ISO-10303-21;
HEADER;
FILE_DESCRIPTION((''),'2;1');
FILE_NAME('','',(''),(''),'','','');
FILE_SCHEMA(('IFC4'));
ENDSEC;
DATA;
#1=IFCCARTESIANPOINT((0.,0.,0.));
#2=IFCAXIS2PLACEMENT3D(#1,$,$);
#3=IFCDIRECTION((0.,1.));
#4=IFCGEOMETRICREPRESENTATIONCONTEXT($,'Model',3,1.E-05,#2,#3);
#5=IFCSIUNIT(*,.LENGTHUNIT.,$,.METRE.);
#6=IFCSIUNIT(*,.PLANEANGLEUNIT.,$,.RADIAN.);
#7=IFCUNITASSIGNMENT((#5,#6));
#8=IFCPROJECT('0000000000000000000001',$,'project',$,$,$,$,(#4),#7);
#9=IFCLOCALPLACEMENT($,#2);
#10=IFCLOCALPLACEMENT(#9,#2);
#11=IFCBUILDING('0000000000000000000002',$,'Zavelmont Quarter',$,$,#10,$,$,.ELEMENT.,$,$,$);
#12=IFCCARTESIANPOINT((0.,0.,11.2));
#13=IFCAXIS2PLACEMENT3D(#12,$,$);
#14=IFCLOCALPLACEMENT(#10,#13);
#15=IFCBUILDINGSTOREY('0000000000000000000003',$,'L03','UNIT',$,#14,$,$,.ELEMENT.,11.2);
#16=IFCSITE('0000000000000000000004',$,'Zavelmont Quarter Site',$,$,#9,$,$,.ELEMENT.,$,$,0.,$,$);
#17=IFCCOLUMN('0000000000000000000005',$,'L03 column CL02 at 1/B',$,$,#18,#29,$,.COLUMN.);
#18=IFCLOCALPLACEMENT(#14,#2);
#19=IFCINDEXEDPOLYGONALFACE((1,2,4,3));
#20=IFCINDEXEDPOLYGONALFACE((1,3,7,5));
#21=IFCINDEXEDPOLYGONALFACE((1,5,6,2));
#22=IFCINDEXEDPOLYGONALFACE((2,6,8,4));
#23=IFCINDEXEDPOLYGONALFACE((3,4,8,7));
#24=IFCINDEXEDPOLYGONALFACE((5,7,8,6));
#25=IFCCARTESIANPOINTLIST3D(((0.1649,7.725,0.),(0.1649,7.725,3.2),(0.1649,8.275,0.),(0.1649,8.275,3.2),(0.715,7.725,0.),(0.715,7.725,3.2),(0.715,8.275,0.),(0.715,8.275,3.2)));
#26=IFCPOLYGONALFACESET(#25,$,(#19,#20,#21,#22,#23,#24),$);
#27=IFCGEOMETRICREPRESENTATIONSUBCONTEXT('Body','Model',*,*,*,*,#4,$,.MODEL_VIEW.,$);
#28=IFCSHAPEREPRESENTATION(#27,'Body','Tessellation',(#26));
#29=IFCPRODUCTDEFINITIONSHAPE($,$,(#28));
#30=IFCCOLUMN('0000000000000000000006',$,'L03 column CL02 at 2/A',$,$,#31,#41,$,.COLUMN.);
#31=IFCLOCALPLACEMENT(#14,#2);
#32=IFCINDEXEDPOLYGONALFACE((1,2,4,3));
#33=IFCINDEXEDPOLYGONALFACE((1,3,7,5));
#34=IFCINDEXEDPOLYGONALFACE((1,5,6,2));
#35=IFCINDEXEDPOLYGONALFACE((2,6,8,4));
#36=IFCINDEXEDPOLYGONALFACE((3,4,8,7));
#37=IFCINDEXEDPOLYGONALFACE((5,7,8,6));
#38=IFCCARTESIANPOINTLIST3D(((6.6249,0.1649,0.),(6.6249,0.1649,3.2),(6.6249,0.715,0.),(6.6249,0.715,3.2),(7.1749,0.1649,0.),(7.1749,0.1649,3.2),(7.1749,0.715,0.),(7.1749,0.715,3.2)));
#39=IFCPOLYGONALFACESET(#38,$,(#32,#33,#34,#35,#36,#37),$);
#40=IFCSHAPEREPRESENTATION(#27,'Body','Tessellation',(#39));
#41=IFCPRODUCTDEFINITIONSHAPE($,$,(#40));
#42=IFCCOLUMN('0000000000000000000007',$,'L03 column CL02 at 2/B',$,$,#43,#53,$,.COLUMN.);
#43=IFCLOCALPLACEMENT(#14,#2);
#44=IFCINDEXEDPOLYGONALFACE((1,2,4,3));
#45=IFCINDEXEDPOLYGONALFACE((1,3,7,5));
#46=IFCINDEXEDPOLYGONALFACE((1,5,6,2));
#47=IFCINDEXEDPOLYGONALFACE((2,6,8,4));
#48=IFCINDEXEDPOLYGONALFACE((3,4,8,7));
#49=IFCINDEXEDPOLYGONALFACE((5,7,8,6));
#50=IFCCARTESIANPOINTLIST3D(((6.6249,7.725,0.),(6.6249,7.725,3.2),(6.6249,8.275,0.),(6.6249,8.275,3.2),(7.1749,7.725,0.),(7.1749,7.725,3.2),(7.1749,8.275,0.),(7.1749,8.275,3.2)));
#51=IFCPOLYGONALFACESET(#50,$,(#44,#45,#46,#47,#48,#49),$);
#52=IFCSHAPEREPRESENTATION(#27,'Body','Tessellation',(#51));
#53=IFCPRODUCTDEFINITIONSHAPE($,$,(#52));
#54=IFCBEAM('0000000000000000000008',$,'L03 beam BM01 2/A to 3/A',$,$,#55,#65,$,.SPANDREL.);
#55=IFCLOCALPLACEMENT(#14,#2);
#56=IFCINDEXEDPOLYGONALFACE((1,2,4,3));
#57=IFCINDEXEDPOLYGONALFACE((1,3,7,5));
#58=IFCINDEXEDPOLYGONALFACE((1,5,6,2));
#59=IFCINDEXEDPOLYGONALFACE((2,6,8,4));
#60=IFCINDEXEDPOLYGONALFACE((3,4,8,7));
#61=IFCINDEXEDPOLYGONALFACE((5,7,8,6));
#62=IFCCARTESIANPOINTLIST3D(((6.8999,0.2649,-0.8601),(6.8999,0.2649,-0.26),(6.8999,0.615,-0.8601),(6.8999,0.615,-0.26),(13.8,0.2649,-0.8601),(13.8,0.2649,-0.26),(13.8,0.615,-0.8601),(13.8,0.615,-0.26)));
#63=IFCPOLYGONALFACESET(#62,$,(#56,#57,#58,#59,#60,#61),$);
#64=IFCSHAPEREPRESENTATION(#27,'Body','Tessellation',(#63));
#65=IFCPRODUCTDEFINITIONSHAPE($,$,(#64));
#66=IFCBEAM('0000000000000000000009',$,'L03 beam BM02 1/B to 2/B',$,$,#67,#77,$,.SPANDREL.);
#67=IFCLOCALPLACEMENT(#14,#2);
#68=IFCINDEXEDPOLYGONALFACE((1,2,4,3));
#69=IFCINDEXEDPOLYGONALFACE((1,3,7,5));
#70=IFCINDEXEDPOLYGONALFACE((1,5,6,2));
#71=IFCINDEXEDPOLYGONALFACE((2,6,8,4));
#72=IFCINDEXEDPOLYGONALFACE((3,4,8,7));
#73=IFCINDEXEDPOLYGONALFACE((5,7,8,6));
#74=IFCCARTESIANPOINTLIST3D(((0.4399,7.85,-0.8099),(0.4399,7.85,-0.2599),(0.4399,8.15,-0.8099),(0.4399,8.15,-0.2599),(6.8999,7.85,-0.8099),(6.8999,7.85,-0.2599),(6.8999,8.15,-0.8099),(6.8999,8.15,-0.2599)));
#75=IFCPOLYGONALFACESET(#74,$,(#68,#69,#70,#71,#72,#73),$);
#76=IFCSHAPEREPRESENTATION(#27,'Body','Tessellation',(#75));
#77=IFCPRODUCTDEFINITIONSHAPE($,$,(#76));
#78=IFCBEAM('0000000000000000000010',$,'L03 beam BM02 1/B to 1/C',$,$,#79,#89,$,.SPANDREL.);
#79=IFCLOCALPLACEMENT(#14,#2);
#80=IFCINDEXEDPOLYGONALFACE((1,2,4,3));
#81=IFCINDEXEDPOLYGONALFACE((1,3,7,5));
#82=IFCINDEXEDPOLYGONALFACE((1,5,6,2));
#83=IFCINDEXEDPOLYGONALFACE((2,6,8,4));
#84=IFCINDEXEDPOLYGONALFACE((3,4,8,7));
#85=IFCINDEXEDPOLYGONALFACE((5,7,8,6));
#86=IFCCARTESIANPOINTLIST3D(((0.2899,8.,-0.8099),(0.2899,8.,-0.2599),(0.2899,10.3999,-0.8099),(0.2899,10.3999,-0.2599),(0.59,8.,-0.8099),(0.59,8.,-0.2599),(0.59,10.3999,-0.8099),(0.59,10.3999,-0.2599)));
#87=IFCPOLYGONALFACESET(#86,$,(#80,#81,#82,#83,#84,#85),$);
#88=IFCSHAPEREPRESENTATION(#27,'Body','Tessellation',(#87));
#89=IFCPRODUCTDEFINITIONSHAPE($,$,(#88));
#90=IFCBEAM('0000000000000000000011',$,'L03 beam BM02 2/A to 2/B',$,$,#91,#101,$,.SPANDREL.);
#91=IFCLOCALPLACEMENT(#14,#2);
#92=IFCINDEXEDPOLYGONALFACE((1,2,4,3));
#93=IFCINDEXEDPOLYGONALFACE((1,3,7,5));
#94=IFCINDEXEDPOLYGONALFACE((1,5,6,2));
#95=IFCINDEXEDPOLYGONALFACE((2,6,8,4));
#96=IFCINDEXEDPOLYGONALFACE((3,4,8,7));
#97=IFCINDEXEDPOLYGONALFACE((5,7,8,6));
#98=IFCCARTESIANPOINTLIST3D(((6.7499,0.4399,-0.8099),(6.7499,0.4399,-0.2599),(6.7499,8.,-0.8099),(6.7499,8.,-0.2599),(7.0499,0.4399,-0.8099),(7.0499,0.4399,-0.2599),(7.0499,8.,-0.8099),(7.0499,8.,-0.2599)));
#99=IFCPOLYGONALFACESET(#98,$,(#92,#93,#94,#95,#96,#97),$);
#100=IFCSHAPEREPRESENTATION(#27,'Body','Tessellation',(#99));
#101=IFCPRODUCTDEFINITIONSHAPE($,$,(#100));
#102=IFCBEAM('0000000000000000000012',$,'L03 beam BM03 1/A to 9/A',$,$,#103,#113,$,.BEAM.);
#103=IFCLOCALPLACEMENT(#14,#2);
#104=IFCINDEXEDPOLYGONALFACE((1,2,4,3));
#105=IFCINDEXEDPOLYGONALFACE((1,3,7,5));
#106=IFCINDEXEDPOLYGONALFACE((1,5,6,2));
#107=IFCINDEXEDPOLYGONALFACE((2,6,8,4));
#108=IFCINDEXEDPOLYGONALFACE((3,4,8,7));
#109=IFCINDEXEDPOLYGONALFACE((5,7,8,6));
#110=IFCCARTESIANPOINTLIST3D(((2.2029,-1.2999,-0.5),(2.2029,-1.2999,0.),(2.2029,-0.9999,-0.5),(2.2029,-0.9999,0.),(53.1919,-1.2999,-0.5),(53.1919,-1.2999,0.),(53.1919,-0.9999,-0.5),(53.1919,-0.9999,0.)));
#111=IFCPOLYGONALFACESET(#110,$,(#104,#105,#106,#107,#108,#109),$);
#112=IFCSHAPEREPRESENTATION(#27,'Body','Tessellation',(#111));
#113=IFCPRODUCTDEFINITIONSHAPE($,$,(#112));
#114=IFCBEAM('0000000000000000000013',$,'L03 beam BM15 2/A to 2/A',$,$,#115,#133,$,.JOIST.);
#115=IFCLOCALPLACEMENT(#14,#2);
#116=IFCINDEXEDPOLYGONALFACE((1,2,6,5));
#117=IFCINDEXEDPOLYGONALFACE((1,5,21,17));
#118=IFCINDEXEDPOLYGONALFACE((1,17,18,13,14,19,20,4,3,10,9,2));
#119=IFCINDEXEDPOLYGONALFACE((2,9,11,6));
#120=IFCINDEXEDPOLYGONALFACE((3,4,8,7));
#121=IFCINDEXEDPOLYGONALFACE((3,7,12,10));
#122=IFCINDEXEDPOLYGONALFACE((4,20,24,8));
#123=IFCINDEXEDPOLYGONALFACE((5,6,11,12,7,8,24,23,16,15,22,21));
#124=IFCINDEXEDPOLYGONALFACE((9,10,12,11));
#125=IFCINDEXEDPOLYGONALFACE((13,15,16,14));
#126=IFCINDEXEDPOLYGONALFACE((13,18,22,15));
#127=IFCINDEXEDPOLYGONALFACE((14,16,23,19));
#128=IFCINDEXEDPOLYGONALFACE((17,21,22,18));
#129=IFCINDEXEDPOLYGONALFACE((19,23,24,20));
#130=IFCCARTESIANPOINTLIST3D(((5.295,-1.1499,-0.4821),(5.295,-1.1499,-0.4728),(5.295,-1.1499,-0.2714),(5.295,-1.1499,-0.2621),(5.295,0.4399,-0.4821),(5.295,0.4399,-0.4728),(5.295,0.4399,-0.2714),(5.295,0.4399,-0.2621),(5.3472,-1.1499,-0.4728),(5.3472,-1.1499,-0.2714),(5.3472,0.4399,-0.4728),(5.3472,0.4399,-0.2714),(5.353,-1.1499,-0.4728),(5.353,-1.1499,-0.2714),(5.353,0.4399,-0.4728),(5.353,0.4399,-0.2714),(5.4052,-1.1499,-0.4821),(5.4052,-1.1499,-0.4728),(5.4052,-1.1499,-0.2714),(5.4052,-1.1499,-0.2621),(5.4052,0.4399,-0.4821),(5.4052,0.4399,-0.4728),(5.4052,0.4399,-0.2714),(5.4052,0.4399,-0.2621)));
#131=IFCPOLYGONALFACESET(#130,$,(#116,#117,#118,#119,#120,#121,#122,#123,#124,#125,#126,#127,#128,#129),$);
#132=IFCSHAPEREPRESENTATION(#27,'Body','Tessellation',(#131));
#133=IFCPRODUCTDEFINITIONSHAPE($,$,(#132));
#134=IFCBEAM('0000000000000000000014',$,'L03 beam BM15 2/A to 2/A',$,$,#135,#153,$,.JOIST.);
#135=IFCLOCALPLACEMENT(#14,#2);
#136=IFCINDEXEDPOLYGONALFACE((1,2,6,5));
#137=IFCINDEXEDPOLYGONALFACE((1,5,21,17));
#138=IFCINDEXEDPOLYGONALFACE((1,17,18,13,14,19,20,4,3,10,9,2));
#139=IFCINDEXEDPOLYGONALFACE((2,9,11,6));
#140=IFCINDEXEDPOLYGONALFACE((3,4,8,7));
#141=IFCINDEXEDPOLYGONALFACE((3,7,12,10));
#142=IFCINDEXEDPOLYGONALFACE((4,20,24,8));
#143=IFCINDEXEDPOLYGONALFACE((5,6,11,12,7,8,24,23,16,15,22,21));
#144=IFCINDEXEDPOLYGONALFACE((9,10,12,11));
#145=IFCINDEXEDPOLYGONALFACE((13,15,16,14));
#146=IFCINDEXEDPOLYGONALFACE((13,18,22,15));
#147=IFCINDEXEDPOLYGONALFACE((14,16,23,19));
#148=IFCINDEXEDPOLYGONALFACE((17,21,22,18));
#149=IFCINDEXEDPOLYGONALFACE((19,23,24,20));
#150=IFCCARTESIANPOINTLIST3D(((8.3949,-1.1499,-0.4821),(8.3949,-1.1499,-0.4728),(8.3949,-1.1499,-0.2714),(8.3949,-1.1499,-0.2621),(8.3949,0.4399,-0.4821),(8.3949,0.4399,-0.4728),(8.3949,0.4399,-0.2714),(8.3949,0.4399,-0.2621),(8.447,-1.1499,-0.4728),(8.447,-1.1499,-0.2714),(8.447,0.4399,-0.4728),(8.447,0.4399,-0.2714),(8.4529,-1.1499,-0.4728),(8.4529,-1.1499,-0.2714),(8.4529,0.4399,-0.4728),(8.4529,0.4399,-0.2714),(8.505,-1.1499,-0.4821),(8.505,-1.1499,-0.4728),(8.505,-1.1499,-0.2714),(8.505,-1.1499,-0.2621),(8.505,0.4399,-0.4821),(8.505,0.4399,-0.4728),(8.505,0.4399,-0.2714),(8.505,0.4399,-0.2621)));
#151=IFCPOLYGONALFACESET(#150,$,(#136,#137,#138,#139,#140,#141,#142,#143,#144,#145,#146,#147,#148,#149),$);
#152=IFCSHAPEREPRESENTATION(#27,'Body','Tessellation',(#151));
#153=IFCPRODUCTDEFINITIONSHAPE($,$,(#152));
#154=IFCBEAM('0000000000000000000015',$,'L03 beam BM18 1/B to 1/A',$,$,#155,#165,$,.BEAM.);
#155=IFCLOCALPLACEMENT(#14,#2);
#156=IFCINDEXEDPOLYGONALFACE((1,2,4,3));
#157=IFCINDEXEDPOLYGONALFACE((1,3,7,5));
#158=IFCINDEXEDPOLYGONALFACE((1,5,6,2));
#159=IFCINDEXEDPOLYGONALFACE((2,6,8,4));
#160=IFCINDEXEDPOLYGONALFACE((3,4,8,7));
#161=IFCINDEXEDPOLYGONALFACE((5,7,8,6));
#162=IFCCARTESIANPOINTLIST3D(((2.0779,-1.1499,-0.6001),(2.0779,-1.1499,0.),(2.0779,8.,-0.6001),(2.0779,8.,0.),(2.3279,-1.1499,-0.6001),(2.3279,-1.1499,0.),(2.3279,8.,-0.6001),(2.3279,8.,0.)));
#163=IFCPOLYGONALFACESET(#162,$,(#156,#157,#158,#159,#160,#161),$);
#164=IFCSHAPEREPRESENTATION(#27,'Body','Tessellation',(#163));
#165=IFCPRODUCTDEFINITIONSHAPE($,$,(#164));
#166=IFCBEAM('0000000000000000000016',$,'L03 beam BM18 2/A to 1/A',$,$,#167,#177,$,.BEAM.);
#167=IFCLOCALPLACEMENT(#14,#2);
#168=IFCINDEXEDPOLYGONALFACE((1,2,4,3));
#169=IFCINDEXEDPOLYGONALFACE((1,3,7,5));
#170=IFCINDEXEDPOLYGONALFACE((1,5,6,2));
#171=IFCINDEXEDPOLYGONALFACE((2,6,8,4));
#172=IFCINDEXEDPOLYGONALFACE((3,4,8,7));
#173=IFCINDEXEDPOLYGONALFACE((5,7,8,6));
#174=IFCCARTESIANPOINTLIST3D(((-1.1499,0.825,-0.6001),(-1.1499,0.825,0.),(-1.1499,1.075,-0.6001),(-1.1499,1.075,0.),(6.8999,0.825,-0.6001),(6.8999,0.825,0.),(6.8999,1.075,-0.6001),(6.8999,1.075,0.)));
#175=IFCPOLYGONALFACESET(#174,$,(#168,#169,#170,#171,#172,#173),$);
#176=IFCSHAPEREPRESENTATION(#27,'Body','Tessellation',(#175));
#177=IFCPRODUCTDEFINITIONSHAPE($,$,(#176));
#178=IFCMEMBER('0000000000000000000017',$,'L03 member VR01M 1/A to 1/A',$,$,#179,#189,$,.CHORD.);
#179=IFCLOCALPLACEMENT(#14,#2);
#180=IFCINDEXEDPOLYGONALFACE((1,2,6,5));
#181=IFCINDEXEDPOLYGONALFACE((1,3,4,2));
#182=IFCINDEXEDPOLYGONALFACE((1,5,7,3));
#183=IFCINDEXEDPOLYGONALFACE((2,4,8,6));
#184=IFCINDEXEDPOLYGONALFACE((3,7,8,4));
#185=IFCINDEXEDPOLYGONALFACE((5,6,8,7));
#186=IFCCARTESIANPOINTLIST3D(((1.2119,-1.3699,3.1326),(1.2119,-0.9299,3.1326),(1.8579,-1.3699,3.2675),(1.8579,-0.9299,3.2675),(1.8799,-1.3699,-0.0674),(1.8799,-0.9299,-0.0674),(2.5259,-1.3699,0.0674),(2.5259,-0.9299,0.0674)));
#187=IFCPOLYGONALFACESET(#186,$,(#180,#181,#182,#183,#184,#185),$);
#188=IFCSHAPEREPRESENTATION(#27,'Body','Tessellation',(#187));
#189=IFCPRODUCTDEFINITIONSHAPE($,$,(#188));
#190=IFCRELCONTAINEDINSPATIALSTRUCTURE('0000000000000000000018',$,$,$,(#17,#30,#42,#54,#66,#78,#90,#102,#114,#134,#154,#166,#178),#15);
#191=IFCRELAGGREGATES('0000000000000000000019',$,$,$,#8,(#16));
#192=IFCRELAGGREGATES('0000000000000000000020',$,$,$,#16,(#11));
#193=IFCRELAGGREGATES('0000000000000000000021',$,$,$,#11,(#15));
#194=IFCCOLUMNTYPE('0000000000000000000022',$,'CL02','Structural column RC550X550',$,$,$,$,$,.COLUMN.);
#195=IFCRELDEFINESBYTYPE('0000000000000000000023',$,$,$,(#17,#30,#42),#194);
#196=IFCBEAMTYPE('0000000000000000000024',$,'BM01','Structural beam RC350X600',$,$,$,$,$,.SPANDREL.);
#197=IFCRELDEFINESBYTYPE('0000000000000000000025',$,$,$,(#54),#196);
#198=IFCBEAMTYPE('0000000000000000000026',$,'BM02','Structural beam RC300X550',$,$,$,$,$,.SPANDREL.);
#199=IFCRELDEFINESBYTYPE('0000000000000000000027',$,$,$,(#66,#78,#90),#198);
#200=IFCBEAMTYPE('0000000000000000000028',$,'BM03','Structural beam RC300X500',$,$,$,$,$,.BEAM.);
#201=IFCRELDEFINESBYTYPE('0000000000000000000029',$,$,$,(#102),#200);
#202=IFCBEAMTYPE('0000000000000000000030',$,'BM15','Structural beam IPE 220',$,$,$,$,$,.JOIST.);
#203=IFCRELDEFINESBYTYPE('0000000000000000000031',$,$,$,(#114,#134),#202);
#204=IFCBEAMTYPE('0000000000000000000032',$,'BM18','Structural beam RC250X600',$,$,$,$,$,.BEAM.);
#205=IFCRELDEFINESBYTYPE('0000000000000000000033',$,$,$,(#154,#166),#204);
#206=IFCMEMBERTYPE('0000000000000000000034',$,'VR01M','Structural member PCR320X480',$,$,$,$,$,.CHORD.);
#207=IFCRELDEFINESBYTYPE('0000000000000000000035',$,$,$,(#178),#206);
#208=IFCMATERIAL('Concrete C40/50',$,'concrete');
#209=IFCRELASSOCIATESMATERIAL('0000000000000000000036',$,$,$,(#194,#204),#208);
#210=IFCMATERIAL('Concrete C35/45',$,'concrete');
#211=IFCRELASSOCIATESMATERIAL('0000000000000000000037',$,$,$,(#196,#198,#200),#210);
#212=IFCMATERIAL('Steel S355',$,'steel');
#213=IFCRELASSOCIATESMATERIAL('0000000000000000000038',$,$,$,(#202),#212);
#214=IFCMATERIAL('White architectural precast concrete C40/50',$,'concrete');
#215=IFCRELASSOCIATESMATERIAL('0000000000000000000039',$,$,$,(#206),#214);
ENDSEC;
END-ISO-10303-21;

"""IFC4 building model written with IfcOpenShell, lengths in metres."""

from ifc_helpers import new_model, si_unit, direction, frame, origin, origin_2d, place, context, subcontext, project, spatial, rectangle, i_section, extrude, material, material_profile, profile_set, type_object, element, save


model = new_model("IFC4")

# Units and contexts
model_context = context("Model", 3, precision=1e-05, world=origin(), true_north=direction((0.0, 1.0)))
body_context = subcontext(model_context, "Body", "Model", "MODEL_VIEW")
ifc_project = project(units=[si_unit("LENGTHUNIT", "METRE"), si_unit("PLANEANGLEUNIT", "RADIAN")], contexts=[model_context])

# Site, building, storey
site_placement = place(None, origin())
site = spatial("IfcSite", under=ifc_project, at=site_placement, Name="Zavelmont Quarter Site", CompositionType="ELEMENT", RefElevation=0.0)
building_placement = place(site_placement, origin())
building = spatial("IfcBuilding", under=site, at=building_placement, Name="Zavelmont Quarter", CompositionType="ELEMENT")
storey_placement = place(building_placement, frame((0.0, 0.0, 11.2)))
storey = spatial("IfcBuildingStorey", under=building, at=storey_placement, Name="L03", Description="UNIT", CompositionType="ELEMENT", Elevation=11.2)

# Columns
ifc_material_1 = material(Name="Concrete C40/50", Category="concrete")
ifc_material_profile_1 = material_profile(ifc_material_1, rectangle(XDim=0.55, YDim=0.55, at=origin_2d()), Name="RC550X550")
ifc_profile_set_1 = profile_set([ifc_material_profile_1], Name="Concrete C40/50")
column_type = type_object("IfcColumnType", Name="CL02", Description="Structural column RC550X550", PredefinedType="COLUMN", material=ifc_profile_set_1)
for number, where, z_axis, x_axis, name in (
    (1, (0.4399, 8.0, 0.0), (0.0, 0.0, 1.0), (1.0, 0.0, 0.0), "L03 column CL02 at 1/B"),
    (2, (6.8999, 0.4399, 0.0), (0.0, 0.0, 1.0), (1.0, 0.0, 0.0), "L03 column CL02 at 2/A"),
    (3, (6.8999, 8.0, 0.0), (0.0, 0.0, 1.0), (1.0, 0.0, 0.0), "L03 column CL02 at 2/B"),
):
    element("IfcColumn", number, at=place(storey_placement, frame(where, z_axis=z_axis, x_axis=x_axis)), inside=storey, type_object=column_type, Name=name, PredefinedType="COLUMN", context=body_context, shape_type="SweptSolid", body=[
        extrude(rectangle(XDim=0.55, YDim=0.55, at=origin_2d()), origin(), (0.0, 0.0, 1.0), 3.2),
    ])

# Beams
ifc_material_2 = material(Name="Concrete C35/45", Category="concrete")
ifc_material_profile_2 = material_profile(ifc_material_2, rectangle(XDim=0.3501, YDim=0.6001, at=origin_2d()), Name="RC350X600")
ifc_profile_set_2 = profile_set([ifc_material_profile_2], Name="Concrete C35/45")
beam_type_1 = type_object("IfcBeamType", Name="BM01", Description="Structural beam RC350X600", PredefinedType="SPANDREL", material=ifc_profile_set_2)
beam_1_placement = place(storey_placement, frame((6.8999, 0.4399, -0.5601), z_axis=(1.0, 0.0, 0.0), x_axis=(0.0, 1.0, 0.0)))
element("IfcBeam", 4, at=beam_1_placement, inside=storey, type_object=beam_type_1, Name="L03 beam BM01 2/A to 3/A", PredefinedType="SPANDREL", context=body_context, shape_type="SweptSolid", body=[
    extrude(rectangle(XDim=0.3501, YDim=0.6001, at=origin_2d()), origin(), (0.0, 0.0, 1.0), 6.9001),
])
ifc_material_profile_3 = material_profile(ifc_material_2, rectangle(XDim=0.3, YDim=0.55, at=origin_2d()), Name="RC300X550")
ifc_profile_set_3 = profile_set([ifc_material_profile_3], Name="Concrete C35/45")
beam_type_2 = type_object("IfcBeamType", Name="BM02", Description="Structural beam RC300X550", PredefinedType="SPANDREL", material=ifc_profile_set_3)
beam_2_placement = place(storey_placement, frame((0.4399, 8.0, -0.5349), z_axis=(1.0, 0.0, 0.0), x_axis=(0.0, 1.0, 0.0)))
element("IfcBeam", 5, at=beam_2_placement, inside=storey, type_object=beam_type_2, Name="L03 beam BM02 1/B to 2/B", PredefinedType="SPANDREL", context=body_context, shape_type="SweptSolid", body=[
    extrude(rectangle(XDim=0.3, YDim=0.55, at=origin_2d()), origin(), (0.0, 0.0, 1.0), 6.46),
])
beam_3_placement = place(storey_placement, frame((0.4399, 8.0, -0.5349), z_axis=(0.0, 1.0, 0.0), x_axis=(-1.0, 0.0, 0.0)))
element("IfcBeam", 6, at=beam_3_placement, inside=storey, type_object=beam_type_2, Name="L03 beam BM02 1/B to 1/C", PredefinedType="SPANDREL", context=body_context, shape_type="SweptSolid", body=[
    extrude(rectangle(XDim=0.3, YDim=0.55, at=origin_2d()), origin(), (0.0, 0.0, 1.0), 2.3999),
])
beam_4_placement = place(storey_placement, frame((6.8999, 0.4399, -0.5349), z_axis=(0.0, 1.0, 0.0), x_axis=(-1.0, 0.0, 0.0)))
element("IfcBeam", 7, at=beam_4_placement, inside=storey, type_object=beam_type_2, Name="L03 beam BM02 2/A to 2/B", PredefinedType="SPANDREL", context=body_context, shape_type="SweptSolid", body=[
    extrude(rectangle(XDim=0.3, YDim=0.55, at=origin_2d()), origin(), (0.0, 0.0, 1.0), 7.5601),
])
ifc_material_profile_4 = material_profile(ifc_material_2, rectangle(XDim=0.3, YDim=0.5, at=origin_2d()), Name="RC300X500")
ifc_profile_set_4 = profile_set([ifc_material_profile_4], Name="Concrete C35/45")
beam_type_3 = type_object("IfcBeamType", Name="BM03", Description="Structural beam RC300X500", PredefinedType="BEAM", material=ifc_profile_set_4)
beam_5_placement = place(storey_placement, frame((2.2029, -1.1499, -0.25), z_axis=(1.0, 0.0, 0.0), x_axis=(0.0, 1.0, 0.0)))
element("IfcBeam", 8, at=beam_5_placement, inside=storey, type_object=beam_type_3, Name="L03 beam BM03 1/A to 9/A", PredefinedType="BEAM", context=body_context, shape_type="SweptSolid", body=[
    extrude(rectangle(XDim=0.3, YDim=0.5, at=origin_2d()), origin(), (0.0, 0.0, 1.0), 50.989),
])
ifc_material_3 = material(Name="Steel S355", Category="steel")
ifc_material_profile_5 = material_profile(ifc_material_3, i_section(OverallWidth=0.1101, OverallDepth=0.22, WebThickness=0.0059, FlangeThickness=0.0093, at=origin_2d()), Name="IPE 220")
ifc_profile_set_5 = profile_set([ifc_material_profile_5], Name="Steel S355")
beam_type_4 = type_object("IfcBeamType", Name="BM15", Description="Structural beam IPE 220", PredefinedType="JOIST", material=ifc_profile_set_5)
for number, where, z_axis, x_axis, name in (
    (9, (5.3501, 0.4399, -0.3721), (0.0, -1.0, 0.0), (1.0, 0.0, 0.0), "L03 beam BM15 2/A to 2/A"),
    (10, (8.45, 0.4399, -0.3721), (0.0, -1.0, 0.0), (1.0, 0.0, 0.0), "L03 beam BM15 2/A to 2/A"),
):
    element("IfcBeam", number, at=place(storey_placement, frame(where, z_axis=z_axis, x_axis=x_axis)), inside=storey, type_object=beam_type_4, Name=name, PredefinedType="JOIST", context=body_context, shape_type="SweptSolid", body=[
        extrude(i_section(OverallWidth=0.1101, OverallDepth=0.22, WebThickness=0.0059, FlangeThickness=0.0093, at=origin_2d()), origin(), (0.0, 0.0, 1.0), 1.5898),
    ])
ifc_material_profile_6 = material_profile(ifc_material_1, rectangle(XDim=0.25, YDim=0.6001, at=origin_2d()), Name="RC250X600")
ifc_profile_set_6 = profile_set([ifc_material_profile_6], Name="Concrete C40/50")
beam_type_5 = type_object("IfcBeamType", Name="BM18", Description="Structural beam RC250X600", PredefinedType="BEAM", material=ifc_profile_set_6)
beam_6_placement = place(storey_placement, frame((2.2029, 8.0, -0.3), z_axis=(0.0, -1.0, 0.0), x_axis=(1.0, 0.0, 0.0)))
element("IfcBeam", 11, at=beam_6_placement, inside=storey, type_object=beam_type_5, Name="L03 beam BM18 1/B to 1/A", PredefinedType="BEAM", context=body_context, shape_type="SweptSolid", body=[
    extrude(rectangle(XDim=0.25, YDim=0.6001, at=origin_2d()), origin(), (0.0, 0.0, 1.0), 9.1499),
])
beam_7_placement = place(storey_placement, frame((6.8999, 0.95, -0.3), z_axis=(-1.0, 0.0, 0.0), x_axis=(0.0, -1.0, 0.0)))
element("IfcBeam", 12, at=beam_7_placement, inside=storey, type_object=beam_type_5, Name="L03 beam BM18 2/A to 1/A", PredefinedType="BEAM", context=body_context, shape_type="SweptSolid", body=[
    extrude(rectangle(XDim=0.25, YDim=0.6001, at=origin_2d()), origin(), (0.0, 0.0, 1.0), 8.0498),
])

# Member
ifc_material_4 = material(Name="White architectural precast concrete C40/50", Category="concrete")
ifc_material_profile_7 = material_profile(ifc_material_4, rectangle(XDim=0.4399, YDim=0.6599, at=origin_2d()), Name="PCR320X480")
ifc_profile_set_7 = profile_set([ifc_material_profile_7], Name="White architectural precast concrete C40/50")
member_type = type_object("IfcMemberType", Name="VR01M", Description="Structural member PCR320X480", PredefinedType="CHORD", material=ifc_profile_set_7)
member_placement = place(storey_placement, frame((2.2029, -1.1499, 0.0), z_axis=(-0.204339, 0.0, 0.9789), x_axis=(0.0, -1.0, 0.0)))
element("IfcMember", 13, at=member_placement, inside=storey, type_object=member_type, Name="L03 member VR01M 1/A to 1/A", PredefinedType="CHORD", context=body_context, shape_type="SweptSolid", body=[
    extrude(rectangle(XDim=0.4399, YDim=0.6599, at=origin_2d()), origin(), (0.0, 0.0, 1.0), 3.269),
])

save(model, "model.ifc")
